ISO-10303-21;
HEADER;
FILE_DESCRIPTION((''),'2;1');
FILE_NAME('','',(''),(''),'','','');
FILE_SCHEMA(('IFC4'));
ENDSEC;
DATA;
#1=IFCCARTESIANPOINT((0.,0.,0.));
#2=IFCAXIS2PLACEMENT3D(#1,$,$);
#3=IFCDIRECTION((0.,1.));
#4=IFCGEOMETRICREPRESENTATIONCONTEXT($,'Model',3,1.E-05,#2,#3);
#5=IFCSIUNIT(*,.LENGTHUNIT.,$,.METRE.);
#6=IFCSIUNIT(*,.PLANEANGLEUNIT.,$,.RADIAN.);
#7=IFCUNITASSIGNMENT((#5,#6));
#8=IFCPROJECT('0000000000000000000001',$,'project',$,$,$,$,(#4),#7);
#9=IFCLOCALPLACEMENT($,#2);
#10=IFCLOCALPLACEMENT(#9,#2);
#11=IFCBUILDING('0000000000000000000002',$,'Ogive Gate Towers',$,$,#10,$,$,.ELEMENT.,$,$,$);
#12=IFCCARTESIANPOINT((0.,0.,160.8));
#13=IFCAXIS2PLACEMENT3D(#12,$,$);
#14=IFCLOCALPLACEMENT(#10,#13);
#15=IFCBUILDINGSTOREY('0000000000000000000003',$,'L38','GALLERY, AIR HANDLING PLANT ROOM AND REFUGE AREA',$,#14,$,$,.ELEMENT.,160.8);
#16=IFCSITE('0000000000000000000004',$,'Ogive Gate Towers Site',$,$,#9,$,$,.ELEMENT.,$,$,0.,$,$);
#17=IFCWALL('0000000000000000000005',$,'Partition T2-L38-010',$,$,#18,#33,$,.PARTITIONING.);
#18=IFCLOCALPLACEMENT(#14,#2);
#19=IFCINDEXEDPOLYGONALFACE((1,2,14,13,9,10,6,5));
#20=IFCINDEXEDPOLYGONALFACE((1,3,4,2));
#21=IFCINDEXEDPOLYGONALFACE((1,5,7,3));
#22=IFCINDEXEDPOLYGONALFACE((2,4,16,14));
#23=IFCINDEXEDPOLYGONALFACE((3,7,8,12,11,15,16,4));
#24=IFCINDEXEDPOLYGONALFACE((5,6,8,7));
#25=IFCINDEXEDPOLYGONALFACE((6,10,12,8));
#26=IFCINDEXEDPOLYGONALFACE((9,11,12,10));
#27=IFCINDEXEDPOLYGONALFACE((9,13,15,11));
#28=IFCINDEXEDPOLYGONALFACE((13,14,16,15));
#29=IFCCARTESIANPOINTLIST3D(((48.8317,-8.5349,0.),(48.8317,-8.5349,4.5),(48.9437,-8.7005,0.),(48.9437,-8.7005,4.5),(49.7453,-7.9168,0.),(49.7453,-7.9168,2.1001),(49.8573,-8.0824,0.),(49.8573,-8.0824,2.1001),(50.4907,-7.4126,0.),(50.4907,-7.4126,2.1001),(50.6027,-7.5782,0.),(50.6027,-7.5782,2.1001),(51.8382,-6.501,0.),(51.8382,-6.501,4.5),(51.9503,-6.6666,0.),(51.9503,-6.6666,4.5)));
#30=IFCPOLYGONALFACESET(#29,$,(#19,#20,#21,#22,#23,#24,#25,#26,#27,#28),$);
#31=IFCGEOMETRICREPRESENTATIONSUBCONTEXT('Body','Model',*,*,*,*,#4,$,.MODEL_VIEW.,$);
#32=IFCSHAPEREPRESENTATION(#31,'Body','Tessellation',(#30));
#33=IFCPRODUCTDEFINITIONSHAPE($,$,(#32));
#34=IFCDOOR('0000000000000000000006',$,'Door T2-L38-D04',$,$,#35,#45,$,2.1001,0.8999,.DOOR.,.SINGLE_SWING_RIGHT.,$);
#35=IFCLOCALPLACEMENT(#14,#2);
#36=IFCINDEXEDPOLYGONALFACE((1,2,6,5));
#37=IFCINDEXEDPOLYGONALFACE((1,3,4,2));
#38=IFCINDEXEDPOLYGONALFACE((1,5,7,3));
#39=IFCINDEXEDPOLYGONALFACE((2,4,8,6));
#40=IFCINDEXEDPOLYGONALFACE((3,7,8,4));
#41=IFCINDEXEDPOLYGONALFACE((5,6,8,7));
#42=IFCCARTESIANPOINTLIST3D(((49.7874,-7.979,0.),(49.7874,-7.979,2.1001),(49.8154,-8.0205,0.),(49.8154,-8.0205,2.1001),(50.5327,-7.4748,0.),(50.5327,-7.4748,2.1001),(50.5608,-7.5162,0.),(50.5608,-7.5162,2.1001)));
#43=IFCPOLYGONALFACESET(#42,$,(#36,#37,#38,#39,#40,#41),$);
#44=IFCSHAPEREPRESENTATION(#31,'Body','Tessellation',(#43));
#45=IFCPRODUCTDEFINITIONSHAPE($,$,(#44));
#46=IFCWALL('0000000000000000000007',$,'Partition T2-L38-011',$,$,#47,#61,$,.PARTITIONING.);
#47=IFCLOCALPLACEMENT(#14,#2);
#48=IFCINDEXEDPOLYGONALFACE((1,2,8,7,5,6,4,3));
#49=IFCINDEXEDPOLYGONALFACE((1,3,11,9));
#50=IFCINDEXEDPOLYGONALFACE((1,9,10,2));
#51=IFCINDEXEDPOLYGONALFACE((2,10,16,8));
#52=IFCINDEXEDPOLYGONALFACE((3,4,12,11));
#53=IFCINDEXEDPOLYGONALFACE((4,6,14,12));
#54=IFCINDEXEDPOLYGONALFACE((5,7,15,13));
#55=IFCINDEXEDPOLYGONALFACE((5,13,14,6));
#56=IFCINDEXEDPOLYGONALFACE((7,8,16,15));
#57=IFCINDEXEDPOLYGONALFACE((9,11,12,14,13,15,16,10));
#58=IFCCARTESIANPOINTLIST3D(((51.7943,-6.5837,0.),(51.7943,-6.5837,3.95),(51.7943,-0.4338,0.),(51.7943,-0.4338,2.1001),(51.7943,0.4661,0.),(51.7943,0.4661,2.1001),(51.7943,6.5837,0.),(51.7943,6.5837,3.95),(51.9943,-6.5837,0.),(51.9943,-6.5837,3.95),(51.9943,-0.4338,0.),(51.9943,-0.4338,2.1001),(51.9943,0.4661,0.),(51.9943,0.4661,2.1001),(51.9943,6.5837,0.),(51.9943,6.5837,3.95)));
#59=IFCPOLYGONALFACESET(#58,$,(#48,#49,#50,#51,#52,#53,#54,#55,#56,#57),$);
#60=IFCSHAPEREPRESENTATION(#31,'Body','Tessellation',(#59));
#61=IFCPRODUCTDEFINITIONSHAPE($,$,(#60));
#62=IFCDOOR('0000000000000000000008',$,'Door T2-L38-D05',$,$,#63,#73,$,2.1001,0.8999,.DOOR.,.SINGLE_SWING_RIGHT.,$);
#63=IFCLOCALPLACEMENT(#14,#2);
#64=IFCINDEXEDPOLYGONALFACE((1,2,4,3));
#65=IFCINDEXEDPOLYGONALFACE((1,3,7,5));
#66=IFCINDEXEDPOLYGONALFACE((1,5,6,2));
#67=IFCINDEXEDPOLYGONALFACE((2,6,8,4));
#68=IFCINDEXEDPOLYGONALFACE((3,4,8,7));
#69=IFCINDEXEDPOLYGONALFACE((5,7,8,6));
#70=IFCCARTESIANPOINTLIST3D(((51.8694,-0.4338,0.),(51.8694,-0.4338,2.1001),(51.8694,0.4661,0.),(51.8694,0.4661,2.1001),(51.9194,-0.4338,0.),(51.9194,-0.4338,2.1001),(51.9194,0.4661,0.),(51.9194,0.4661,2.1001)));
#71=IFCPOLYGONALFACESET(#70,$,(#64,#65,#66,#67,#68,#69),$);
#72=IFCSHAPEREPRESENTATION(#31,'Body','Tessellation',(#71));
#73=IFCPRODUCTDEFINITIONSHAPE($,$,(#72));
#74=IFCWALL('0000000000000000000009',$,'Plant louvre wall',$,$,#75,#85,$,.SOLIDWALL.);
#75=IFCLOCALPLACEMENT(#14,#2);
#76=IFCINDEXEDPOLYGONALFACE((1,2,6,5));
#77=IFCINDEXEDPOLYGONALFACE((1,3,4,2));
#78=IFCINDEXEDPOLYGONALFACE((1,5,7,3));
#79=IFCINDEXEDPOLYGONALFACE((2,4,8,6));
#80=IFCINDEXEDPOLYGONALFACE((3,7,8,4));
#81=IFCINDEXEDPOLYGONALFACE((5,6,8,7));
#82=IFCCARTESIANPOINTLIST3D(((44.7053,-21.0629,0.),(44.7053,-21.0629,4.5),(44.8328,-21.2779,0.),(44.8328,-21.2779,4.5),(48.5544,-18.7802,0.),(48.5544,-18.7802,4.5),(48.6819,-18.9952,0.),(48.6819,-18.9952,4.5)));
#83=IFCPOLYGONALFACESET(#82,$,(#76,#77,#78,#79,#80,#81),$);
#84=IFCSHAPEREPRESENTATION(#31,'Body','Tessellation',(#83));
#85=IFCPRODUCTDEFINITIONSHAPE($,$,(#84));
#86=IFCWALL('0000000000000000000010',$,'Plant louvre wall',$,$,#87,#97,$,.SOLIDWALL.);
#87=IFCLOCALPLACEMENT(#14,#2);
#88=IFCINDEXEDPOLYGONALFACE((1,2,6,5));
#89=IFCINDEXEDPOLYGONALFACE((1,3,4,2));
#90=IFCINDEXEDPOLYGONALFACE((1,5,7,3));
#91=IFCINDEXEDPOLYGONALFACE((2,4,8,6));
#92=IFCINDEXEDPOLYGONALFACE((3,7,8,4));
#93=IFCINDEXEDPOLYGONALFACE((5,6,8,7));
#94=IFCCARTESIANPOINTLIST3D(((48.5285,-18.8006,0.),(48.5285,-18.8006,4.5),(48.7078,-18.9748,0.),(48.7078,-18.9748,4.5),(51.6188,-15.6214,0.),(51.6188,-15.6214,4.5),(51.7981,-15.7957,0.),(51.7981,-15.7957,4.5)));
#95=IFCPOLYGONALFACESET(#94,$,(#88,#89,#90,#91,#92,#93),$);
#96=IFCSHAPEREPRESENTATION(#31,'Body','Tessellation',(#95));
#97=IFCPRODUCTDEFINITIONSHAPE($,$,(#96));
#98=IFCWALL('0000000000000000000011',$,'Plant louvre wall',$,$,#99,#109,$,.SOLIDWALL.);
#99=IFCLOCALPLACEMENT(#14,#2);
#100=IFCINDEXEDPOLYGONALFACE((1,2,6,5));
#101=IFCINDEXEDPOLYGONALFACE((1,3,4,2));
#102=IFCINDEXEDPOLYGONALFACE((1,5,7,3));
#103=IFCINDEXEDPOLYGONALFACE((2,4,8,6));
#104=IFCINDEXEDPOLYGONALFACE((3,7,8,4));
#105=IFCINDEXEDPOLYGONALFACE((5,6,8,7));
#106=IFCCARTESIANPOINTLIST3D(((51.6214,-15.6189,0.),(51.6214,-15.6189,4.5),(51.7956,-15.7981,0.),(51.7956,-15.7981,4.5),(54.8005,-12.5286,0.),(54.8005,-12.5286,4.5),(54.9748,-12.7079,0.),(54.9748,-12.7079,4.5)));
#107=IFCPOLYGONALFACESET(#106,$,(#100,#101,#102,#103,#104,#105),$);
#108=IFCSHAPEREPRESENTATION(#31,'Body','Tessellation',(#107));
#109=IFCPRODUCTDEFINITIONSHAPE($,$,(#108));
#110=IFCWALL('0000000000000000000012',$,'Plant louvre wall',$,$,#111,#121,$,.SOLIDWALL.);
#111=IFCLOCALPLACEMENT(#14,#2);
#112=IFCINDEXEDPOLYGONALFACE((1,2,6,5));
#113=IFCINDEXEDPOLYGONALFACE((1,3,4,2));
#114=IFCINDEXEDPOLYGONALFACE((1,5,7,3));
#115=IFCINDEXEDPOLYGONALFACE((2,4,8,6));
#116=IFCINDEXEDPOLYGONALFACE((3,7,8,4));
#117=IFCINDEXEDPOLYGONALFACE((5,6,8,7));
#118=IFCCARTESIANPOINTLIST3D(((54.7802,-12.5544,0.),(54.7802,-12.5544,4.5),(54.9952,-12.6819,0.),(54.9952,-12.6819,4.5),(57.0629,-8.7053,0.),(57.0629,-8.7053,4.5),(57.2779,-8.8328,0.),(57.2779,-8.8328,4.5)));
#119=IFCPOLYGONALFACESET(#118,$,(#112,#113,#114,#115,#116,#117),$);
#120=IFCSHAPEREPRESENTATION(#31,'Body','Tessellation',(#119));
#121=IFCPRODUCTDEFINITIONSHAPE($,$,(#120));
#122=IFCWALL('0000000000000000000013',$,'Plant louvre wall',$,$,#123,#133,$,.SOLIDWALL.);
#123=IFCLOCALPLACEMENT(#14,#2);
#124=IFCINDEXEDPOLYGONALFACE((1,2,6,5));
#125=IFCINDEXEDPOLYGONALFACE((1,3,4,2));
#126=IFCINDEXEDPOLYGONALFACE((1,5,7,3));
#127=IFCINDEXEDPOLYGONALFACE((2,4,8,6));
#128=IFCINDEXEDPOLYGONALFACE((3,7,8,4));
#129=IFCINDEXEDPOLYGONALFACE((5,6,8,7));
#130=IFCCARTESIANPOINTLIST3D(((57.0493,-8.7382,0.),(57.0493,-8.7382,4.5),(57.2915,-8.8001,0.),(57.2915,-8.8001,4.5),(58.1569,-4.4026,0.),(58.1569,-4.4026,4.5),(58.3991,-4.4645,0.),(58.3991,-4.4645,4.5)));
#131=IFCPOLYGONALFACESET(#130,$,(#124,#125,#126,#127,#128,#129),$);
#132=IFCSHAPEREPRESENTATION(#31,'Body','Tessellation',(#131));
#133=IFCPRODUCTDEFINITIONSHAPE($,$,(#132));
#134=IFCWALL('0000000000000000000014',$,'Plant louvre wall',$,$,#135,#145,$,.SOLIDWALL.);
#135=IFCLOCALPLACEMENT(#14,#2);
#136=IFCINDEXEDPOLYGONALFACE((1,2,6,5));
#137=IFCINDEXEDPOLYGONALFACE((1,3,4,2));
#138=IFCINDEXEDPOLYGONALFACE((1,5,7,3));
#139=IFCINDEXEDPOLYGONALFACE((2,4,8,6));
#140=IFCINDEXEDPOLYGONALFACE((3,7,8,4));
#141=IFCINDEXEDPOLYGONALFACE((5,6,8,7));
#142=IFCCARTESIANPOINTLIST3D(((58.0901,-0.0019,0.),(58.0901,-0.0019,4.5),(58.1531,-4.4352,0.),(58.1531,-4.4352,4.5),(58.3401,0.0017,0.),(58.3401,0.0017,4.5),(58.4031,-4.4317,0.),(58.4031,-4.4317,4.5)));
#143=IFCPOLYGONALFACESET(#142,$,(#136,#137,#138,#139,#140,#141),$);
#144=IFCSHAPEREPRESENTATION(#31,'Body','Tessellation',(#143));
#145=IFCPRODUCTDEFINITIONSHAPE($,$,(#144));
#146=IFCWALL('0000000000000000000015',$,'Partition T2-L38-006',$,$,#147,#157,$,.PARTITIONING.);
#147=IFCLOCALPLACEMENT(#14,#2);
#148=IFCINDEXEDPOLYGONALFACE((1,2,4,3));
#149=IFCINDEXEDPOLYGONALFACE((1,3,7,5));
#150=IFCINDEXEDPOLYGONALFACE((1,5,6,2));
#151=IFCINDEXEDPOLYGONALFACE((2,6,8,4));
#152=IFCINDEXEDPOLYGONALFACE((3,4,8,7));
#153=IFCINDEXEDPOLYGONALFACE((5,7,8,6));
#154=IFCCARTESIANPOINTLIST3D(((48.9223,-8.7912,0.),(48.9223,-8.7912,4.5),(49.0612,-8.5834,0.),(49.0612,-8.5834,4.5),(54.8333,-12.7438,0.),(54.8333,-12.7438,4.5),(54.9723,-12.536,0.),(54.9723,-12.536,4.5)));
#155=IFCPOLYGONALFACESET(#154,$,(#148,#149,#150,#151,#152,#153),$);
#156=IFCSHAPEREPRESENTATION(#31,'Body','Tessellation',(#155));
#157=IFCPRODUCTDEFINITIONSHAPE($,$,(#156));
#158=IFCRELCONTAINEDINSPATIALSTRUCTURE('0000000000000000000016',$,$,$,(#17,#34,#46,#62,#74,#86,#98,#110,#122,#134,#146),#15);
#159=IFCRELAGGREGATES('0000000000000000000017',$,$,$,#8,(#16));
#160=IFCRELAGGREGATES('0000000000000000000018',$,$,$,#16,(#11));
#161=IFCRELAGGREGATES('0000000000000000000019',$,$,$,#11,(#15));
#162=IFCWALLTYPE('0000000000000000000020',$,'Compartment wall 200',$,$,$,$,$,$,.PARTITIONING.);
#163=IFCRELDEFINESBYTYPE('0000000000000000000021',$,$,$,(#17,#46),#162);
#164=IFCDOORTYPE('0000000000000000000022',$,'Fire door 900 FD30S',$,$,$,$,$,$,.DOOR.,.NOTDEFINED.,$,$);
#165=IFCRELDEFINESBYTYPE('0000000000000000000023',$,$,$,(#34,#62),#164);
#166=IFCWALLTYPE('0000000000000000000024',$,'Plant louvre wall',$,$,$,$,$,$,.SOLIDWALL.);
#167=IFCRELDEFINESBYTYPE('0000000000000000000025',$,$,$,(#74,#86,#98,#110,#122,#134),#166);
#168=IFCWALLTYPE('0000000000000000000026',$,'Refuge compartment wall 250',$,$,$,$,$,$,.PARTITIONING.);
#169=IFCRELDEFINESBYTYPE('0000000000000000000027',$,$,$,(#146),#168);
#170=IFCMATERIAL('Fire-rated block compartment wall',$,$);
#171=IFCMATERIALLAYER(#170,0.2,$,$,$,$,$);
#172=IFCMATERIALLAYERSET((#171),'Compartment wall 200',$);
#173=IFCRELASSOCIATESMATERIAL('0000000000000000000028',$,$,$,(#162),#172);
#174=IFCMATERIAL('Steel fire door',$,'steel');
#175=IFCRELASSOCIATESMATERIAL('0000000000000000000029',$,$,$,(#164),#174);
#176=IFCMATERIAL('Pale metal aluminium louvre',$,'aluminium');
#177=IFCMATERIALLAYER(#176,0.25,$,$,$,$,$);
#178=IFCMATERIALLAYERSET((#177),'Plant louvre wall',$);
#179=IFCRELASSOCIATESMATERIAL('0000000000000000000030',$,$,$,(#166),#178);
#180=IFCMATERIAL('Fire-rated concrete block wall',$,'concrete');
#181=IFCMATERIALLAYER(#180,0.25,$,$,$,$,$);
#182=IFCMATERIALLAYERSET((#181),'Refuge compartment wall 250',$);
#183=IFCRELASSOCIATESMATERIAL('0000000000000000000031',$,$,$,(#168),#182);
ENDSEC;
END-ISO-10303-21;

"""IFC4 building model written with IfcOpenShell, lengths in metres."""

from ifc_helpers import new_model, si_unit, direction, frame, frame_2d, origin, place, context, subcontext, project, spatial, rectangle, extrude, material, layer, layer_set, type_object, element, fill, save


model = new_model("IFC4")

# Units and contexts
model_context = context("Model", 3, precision=1e-05, world=origin(), true_north=direction((0.0, 1.0)))
body_context = subcontext(model_context, "Body", "Model", "MODEL_VIEW")
ifc_project = project(units=[si_unit("LENGTHUNIT", "METRE"), si_unit("PLANEANGLEUNIT", "RADIAN")], contexts=[model_context])

# Site, building, storey
site_placement = place(None, origin())
site = spatial("IfcSite", under=ifc_project, at=site_placement, Name="Ogive Gate Towers Site", CompositionType="ELEMENT", RefElevation=0.0)
building_placement = place(site_placement, origin())
building = spatial("IfcBuilding", under=site, at=building_placement, Name="Ogive Gate Towers", CompositionType="ELEMENT")
storey_placement = place(building_placement, frame((0.0, 0.0, 160.8)))
storey = spatial("IfcBuildingStorey", under=building, at=storey_placement, Name="L38", Description="GALLERY, AIR HANDLING PLANT ROOM AND REFUGE AREA", CompositionType="ELEMENT", Elevation=160.8)

# Walls, openings, doors
ifc_material_1 = material(Name="Fire-rated block compartment wall")
ifc_layer_1 = layer(ifc_material_1, 0.2)
ifc_layer_set_1 = layer_set([ifc_layer_1], Name="Compartment wall 200")
wall_type_1 = type_object("IfcWallType", Name="Compartment wall 200", PredefinedType="PARTITIONING", material=ifc_layer_set_1)
wall_1_placement = place(storey_placement, frame((48.8877, -8.6177, 0.0), z_axis=(0.0, 0.0, 1.0), x_axis=(0.828275, 0.560322, 0.0)))
wall_1 = element("IfcWall", 1, at=wall_1_placement, inside=storey, type_object=wall_type_1, Name="Partition T2-L38-010", PredefinedType="PARTITIONING", context=body_context, shape_type="SweptSolid", body=[
    extrude(rectangle(XDim=3.6299, YDim=0.2, at=frame_2d((1.8149, 0.0))), origin(), (0.0, 0.0, 1.0), 4.5),
])
opening_1_placement = place(wall_1_placement, frame((1.103, 0.0, 0.0)))
opening_1 = element("IfcOpeningElement", 2, at=opening_1_placement, cuts=wall_1, PredefinedType="OPENING", context=body_context, shape_type="SweptSolid", body=[
    extrude(rectangle(XDim=0.8999, YDim=2.1001, at=frame_2d((0.45, 1.05))), frame((0.0, 0.1099, 0.0), z_axis=(0.0, -1.0, 0.0), x_axis=(1.0, 0.0, 0.0)), (0.0, 0.0, 1.0), 0.22),
])
ifc_material_2 = material(Name="Steel fire door", Category="steel")
door_type = type_object("IfcDoorType", Name="Fire door 900 FD30S", OperationType="NOTDEFINED", PredefinedType="DOOR", material=ifc_material_2)
door_1_placement = place(opening_1_placement, origin())
door_1 = element("IfcDoor", 3, at=door_1_placement, inside=storey, type_object=door_type, Name="Door T2-L38-D04", OperationType="SINGLE_SWING_RIGHT", OverallHeight=2.1001, OverallWidth=0.8999, PredefinedType="DOOR", context=body_context, shape_type="SweptSolid", body=[
    extrude(rectangle(XDim=0.8999, YDim=2.1001, at=frame_2d((0.45, 1.05))), frame((0.0, 0.0249, 0.0), z_axis=(0.0, -1.0, 0.0), x_axis=(1.0, 0.0, 0.0)), (0.0, 0.0, 1.0), 0.05),
])
fill(opening_1, door_1)
wall_2_placement = place(storey_placement, frame((51.8943, -6.5837, 0.0), z_axis=(0.0, 0.0, 1.0), x_axis=(0.0, 1.0, 0.0)))
wall_2 = element("IfcWall", 4, at=wall_2_placement, inside=storey, type_object=wall_type_1, Name="Partition T2-L38-011", PredefinedType="PARTITIONING", context=body_context, shape_type="SweptSolid", body=[
    extrude(rectangle(XDim=13.1675, YDim=0.2, at=frame_2d((6.5837, 0.0))), origin(), (0.0, 0.0, 1.0), 3.95),
])
opening_2_placement = place(wall_2_placement, frame((6.1499, 0.0, 0.0)))
opening_2 = element("IfcOpeningElement", 5, at=opening_2_placement, cuts=wall_2, PredefinedType="OPENING", context=body_context, shape_type="SweptSolid", body=[
    extrude(rectangle(XDim=0.8999, YDim=2.1001, at=frame_2d((0.45, 1.05))), frame((0.0, 0.1099, 0.0), z_axis=(0.0, -1.0, 0.0), x_axis=(1.0, 0.0, 0.0)), (0.0, 0.0, 1.0), 0.22),
])
door_2_placement = place(opening_2_placement, origin())
door_2 = element("IfcDoor", 6, at=door_2_placement, inside=storey, type_object=door_type, Name="Door T2-L38-D05", OperationType="SINGLE_SWING_RIGHT", OverallHeight=2.1001, OverallWidth=0.8999, PredefinedType="DOOR", context=body_context, shape_type="SweptSolid", body=[
    extrude(rectangle(XDim=0.8999, YDim=2.1001, at=frame_2d((0.45, 1.05))), frame((0.0, 0.0249, 0.0), z_axis=(0.0, -1.0, 0.0), x_axis=(1.0, 0.0, 0.0)), (0.0, 0.0, 1.0), 0.05),
])
fill(opening_2, door_2)

# Walls
ifc_material_3 = material(Name="Pale metal aluminium louvre", Category="aluminium")
ifc_layer_2 = layer(ifc_material_3, 0.25)
ifc_layer_set_2 = layer_set([ifc_layer_2], Name="Plant louvre wall")
wall_type_2 = type_object("IfcWallType", Name="Plant louvre wall", PredefinedType="SOLIDWALL", material=ifc_layer_set_2)
wall_3_placement = place(storey_placement, frame((44.769, -21.1704, 0.0), z_axis=(0.0, 0.0, 1.0), x_axis=(0.86012, 0.510092, 0.0)))
element("IfcWall", 7, at=wall_3_placement, inside=storey, type_object=wall_type_2, Name="Plant louvre wall", PredefinedType="SOLIDWALL", context=body_context, shape_type="SweptSolid", body=[
    extrude(rectangle(XDim=4.4751, YDim=0.25, at=frame_2d((2.2375, 0.0))), origin(), (0.0, 0.0, 1.0), 4.5),
])
for number, where, z_axis, x_axis, name in (
    (8, (48.6182, -18.8877, 0.0), (0.0, 0.0, 1.0), (0.697014, 0.717058, 0.0), "Plant louvre wall"),
    (9, (51.7085, -15.7085, 0.0), (0.0, 0.0, 1.0), (0.717058, 0.697014, 0.0), "Plant louvre wall"),
):
    element("IfcWall", number, at=place(storey_placement, frame(where, z_axis=z_axis, x_axis=x_axis)), inside=storey, type_object=wall_type_2, Name=name, PredefinedType="SOLIDWALL", context=body_context, shape_type="SweptSolid", body=[
        extrude(rectangle(XDim=4.4336, YDim=0.25, at=frame_2d((2.2168, 0.0))), origin(), (0.0, 0.0, 1.0), 4.5),
    ])
wall_4_placement = place(storey_placement, frame((54.8877, -12.6182, 0.0), z_axis=(0.0, 0.0, 1.0), x_axis=(0.510092, 0.86012, 0.0)))
element("IfcWall", 10, at=wall_4_placement, inside=storey, type_object=wall_type_2, Name="Plant louvre wall", PredefinedType="SOLIDWALL", context=body_context, shape_type="SweptSolid", body=[
    extrude(rectangle(XDim=4.4751, YDim=0.25, at=frame_2d((2.2375, 0.0))), origin(), (0.0, 0.0, 1.0), 4.5),
])
wall_5_placement = place(storey_placement, frame((57.1704, -8.769, 0.0), z_axis=(0.0, 0.0, 1.0), x_axis=(0.247526, 0.968881, 0.0)))
element("IfcWall", 11, at=wall_5_placement, inside=storey, type_object=wall_type_2, Name="Plant louvre wall", PredefinedType="SOLIDWALL", context=body_context, shape_type="SweptSolid", body=[
    extrude(rectangle(XDim=4.4749, YDim=0.25, at=frame_2d((2.2373, 0.0))), origin(), (0.0, 0.0, 1.0), 4.5),
])
wall_6_placement = place(storey_placement, frame((58.2781, -4.4333, 0.0), z_axis=(0.0, 0.0, 1.0), x_axis=(-0.014206, 0.999899, 0.0)))
element("IfcWall", 12, at=wall_6_placement, inside=storey, type_object=wall_type_2, Name="Plant louvre wall", PredefinedType="SOLIDWALL", context=body_context, shape_type="SweptSolid", body=[
    extrude(rectangle(XDim=4.4338, YDim=0.25, at=frame_2d((2.2168, 0.0))), origin(), (0.0, 0.0, 1.0), 4.5),
])
ifc_material_4 = material(Name="Fire-rated concrete block wall", Category="concrete")
ifc_layer_3 = layer(ifc_material_4, 0.25)
ifc_layer_set_3 = layer_set([ifc_layer_3], Name="Refuge compartment wall 250")
wall_type_3 = type_object("IfcWallType", Name="Refuge compartment wall 250", PredefinedType="PARTITIONING", material=ifc_layer_set_3)
wall_7_placement = place(storey_placement, frame((54.9028, -12.6399, 0.0), z_axis=(0.0, 0.0, 1.0), x_axis=(-0.831278, 0.555856, 0.0)))
element("IfcWall", 13, at=wall_7_placement, inside=storey, type_object=wall_type_3, Name="Partition T2-L38-006", PredefinedType="PARTITIONING", context=body_context, shape_type="SweptSolid", body=[
    extrude(rectangle(XDim=7.1108, YDim=0.25, at=frame_2d((3.5554, 0.0))), origin(), (0.0, 0.0, 1.0), 4.5),
])

save(model, "model.ifc")
